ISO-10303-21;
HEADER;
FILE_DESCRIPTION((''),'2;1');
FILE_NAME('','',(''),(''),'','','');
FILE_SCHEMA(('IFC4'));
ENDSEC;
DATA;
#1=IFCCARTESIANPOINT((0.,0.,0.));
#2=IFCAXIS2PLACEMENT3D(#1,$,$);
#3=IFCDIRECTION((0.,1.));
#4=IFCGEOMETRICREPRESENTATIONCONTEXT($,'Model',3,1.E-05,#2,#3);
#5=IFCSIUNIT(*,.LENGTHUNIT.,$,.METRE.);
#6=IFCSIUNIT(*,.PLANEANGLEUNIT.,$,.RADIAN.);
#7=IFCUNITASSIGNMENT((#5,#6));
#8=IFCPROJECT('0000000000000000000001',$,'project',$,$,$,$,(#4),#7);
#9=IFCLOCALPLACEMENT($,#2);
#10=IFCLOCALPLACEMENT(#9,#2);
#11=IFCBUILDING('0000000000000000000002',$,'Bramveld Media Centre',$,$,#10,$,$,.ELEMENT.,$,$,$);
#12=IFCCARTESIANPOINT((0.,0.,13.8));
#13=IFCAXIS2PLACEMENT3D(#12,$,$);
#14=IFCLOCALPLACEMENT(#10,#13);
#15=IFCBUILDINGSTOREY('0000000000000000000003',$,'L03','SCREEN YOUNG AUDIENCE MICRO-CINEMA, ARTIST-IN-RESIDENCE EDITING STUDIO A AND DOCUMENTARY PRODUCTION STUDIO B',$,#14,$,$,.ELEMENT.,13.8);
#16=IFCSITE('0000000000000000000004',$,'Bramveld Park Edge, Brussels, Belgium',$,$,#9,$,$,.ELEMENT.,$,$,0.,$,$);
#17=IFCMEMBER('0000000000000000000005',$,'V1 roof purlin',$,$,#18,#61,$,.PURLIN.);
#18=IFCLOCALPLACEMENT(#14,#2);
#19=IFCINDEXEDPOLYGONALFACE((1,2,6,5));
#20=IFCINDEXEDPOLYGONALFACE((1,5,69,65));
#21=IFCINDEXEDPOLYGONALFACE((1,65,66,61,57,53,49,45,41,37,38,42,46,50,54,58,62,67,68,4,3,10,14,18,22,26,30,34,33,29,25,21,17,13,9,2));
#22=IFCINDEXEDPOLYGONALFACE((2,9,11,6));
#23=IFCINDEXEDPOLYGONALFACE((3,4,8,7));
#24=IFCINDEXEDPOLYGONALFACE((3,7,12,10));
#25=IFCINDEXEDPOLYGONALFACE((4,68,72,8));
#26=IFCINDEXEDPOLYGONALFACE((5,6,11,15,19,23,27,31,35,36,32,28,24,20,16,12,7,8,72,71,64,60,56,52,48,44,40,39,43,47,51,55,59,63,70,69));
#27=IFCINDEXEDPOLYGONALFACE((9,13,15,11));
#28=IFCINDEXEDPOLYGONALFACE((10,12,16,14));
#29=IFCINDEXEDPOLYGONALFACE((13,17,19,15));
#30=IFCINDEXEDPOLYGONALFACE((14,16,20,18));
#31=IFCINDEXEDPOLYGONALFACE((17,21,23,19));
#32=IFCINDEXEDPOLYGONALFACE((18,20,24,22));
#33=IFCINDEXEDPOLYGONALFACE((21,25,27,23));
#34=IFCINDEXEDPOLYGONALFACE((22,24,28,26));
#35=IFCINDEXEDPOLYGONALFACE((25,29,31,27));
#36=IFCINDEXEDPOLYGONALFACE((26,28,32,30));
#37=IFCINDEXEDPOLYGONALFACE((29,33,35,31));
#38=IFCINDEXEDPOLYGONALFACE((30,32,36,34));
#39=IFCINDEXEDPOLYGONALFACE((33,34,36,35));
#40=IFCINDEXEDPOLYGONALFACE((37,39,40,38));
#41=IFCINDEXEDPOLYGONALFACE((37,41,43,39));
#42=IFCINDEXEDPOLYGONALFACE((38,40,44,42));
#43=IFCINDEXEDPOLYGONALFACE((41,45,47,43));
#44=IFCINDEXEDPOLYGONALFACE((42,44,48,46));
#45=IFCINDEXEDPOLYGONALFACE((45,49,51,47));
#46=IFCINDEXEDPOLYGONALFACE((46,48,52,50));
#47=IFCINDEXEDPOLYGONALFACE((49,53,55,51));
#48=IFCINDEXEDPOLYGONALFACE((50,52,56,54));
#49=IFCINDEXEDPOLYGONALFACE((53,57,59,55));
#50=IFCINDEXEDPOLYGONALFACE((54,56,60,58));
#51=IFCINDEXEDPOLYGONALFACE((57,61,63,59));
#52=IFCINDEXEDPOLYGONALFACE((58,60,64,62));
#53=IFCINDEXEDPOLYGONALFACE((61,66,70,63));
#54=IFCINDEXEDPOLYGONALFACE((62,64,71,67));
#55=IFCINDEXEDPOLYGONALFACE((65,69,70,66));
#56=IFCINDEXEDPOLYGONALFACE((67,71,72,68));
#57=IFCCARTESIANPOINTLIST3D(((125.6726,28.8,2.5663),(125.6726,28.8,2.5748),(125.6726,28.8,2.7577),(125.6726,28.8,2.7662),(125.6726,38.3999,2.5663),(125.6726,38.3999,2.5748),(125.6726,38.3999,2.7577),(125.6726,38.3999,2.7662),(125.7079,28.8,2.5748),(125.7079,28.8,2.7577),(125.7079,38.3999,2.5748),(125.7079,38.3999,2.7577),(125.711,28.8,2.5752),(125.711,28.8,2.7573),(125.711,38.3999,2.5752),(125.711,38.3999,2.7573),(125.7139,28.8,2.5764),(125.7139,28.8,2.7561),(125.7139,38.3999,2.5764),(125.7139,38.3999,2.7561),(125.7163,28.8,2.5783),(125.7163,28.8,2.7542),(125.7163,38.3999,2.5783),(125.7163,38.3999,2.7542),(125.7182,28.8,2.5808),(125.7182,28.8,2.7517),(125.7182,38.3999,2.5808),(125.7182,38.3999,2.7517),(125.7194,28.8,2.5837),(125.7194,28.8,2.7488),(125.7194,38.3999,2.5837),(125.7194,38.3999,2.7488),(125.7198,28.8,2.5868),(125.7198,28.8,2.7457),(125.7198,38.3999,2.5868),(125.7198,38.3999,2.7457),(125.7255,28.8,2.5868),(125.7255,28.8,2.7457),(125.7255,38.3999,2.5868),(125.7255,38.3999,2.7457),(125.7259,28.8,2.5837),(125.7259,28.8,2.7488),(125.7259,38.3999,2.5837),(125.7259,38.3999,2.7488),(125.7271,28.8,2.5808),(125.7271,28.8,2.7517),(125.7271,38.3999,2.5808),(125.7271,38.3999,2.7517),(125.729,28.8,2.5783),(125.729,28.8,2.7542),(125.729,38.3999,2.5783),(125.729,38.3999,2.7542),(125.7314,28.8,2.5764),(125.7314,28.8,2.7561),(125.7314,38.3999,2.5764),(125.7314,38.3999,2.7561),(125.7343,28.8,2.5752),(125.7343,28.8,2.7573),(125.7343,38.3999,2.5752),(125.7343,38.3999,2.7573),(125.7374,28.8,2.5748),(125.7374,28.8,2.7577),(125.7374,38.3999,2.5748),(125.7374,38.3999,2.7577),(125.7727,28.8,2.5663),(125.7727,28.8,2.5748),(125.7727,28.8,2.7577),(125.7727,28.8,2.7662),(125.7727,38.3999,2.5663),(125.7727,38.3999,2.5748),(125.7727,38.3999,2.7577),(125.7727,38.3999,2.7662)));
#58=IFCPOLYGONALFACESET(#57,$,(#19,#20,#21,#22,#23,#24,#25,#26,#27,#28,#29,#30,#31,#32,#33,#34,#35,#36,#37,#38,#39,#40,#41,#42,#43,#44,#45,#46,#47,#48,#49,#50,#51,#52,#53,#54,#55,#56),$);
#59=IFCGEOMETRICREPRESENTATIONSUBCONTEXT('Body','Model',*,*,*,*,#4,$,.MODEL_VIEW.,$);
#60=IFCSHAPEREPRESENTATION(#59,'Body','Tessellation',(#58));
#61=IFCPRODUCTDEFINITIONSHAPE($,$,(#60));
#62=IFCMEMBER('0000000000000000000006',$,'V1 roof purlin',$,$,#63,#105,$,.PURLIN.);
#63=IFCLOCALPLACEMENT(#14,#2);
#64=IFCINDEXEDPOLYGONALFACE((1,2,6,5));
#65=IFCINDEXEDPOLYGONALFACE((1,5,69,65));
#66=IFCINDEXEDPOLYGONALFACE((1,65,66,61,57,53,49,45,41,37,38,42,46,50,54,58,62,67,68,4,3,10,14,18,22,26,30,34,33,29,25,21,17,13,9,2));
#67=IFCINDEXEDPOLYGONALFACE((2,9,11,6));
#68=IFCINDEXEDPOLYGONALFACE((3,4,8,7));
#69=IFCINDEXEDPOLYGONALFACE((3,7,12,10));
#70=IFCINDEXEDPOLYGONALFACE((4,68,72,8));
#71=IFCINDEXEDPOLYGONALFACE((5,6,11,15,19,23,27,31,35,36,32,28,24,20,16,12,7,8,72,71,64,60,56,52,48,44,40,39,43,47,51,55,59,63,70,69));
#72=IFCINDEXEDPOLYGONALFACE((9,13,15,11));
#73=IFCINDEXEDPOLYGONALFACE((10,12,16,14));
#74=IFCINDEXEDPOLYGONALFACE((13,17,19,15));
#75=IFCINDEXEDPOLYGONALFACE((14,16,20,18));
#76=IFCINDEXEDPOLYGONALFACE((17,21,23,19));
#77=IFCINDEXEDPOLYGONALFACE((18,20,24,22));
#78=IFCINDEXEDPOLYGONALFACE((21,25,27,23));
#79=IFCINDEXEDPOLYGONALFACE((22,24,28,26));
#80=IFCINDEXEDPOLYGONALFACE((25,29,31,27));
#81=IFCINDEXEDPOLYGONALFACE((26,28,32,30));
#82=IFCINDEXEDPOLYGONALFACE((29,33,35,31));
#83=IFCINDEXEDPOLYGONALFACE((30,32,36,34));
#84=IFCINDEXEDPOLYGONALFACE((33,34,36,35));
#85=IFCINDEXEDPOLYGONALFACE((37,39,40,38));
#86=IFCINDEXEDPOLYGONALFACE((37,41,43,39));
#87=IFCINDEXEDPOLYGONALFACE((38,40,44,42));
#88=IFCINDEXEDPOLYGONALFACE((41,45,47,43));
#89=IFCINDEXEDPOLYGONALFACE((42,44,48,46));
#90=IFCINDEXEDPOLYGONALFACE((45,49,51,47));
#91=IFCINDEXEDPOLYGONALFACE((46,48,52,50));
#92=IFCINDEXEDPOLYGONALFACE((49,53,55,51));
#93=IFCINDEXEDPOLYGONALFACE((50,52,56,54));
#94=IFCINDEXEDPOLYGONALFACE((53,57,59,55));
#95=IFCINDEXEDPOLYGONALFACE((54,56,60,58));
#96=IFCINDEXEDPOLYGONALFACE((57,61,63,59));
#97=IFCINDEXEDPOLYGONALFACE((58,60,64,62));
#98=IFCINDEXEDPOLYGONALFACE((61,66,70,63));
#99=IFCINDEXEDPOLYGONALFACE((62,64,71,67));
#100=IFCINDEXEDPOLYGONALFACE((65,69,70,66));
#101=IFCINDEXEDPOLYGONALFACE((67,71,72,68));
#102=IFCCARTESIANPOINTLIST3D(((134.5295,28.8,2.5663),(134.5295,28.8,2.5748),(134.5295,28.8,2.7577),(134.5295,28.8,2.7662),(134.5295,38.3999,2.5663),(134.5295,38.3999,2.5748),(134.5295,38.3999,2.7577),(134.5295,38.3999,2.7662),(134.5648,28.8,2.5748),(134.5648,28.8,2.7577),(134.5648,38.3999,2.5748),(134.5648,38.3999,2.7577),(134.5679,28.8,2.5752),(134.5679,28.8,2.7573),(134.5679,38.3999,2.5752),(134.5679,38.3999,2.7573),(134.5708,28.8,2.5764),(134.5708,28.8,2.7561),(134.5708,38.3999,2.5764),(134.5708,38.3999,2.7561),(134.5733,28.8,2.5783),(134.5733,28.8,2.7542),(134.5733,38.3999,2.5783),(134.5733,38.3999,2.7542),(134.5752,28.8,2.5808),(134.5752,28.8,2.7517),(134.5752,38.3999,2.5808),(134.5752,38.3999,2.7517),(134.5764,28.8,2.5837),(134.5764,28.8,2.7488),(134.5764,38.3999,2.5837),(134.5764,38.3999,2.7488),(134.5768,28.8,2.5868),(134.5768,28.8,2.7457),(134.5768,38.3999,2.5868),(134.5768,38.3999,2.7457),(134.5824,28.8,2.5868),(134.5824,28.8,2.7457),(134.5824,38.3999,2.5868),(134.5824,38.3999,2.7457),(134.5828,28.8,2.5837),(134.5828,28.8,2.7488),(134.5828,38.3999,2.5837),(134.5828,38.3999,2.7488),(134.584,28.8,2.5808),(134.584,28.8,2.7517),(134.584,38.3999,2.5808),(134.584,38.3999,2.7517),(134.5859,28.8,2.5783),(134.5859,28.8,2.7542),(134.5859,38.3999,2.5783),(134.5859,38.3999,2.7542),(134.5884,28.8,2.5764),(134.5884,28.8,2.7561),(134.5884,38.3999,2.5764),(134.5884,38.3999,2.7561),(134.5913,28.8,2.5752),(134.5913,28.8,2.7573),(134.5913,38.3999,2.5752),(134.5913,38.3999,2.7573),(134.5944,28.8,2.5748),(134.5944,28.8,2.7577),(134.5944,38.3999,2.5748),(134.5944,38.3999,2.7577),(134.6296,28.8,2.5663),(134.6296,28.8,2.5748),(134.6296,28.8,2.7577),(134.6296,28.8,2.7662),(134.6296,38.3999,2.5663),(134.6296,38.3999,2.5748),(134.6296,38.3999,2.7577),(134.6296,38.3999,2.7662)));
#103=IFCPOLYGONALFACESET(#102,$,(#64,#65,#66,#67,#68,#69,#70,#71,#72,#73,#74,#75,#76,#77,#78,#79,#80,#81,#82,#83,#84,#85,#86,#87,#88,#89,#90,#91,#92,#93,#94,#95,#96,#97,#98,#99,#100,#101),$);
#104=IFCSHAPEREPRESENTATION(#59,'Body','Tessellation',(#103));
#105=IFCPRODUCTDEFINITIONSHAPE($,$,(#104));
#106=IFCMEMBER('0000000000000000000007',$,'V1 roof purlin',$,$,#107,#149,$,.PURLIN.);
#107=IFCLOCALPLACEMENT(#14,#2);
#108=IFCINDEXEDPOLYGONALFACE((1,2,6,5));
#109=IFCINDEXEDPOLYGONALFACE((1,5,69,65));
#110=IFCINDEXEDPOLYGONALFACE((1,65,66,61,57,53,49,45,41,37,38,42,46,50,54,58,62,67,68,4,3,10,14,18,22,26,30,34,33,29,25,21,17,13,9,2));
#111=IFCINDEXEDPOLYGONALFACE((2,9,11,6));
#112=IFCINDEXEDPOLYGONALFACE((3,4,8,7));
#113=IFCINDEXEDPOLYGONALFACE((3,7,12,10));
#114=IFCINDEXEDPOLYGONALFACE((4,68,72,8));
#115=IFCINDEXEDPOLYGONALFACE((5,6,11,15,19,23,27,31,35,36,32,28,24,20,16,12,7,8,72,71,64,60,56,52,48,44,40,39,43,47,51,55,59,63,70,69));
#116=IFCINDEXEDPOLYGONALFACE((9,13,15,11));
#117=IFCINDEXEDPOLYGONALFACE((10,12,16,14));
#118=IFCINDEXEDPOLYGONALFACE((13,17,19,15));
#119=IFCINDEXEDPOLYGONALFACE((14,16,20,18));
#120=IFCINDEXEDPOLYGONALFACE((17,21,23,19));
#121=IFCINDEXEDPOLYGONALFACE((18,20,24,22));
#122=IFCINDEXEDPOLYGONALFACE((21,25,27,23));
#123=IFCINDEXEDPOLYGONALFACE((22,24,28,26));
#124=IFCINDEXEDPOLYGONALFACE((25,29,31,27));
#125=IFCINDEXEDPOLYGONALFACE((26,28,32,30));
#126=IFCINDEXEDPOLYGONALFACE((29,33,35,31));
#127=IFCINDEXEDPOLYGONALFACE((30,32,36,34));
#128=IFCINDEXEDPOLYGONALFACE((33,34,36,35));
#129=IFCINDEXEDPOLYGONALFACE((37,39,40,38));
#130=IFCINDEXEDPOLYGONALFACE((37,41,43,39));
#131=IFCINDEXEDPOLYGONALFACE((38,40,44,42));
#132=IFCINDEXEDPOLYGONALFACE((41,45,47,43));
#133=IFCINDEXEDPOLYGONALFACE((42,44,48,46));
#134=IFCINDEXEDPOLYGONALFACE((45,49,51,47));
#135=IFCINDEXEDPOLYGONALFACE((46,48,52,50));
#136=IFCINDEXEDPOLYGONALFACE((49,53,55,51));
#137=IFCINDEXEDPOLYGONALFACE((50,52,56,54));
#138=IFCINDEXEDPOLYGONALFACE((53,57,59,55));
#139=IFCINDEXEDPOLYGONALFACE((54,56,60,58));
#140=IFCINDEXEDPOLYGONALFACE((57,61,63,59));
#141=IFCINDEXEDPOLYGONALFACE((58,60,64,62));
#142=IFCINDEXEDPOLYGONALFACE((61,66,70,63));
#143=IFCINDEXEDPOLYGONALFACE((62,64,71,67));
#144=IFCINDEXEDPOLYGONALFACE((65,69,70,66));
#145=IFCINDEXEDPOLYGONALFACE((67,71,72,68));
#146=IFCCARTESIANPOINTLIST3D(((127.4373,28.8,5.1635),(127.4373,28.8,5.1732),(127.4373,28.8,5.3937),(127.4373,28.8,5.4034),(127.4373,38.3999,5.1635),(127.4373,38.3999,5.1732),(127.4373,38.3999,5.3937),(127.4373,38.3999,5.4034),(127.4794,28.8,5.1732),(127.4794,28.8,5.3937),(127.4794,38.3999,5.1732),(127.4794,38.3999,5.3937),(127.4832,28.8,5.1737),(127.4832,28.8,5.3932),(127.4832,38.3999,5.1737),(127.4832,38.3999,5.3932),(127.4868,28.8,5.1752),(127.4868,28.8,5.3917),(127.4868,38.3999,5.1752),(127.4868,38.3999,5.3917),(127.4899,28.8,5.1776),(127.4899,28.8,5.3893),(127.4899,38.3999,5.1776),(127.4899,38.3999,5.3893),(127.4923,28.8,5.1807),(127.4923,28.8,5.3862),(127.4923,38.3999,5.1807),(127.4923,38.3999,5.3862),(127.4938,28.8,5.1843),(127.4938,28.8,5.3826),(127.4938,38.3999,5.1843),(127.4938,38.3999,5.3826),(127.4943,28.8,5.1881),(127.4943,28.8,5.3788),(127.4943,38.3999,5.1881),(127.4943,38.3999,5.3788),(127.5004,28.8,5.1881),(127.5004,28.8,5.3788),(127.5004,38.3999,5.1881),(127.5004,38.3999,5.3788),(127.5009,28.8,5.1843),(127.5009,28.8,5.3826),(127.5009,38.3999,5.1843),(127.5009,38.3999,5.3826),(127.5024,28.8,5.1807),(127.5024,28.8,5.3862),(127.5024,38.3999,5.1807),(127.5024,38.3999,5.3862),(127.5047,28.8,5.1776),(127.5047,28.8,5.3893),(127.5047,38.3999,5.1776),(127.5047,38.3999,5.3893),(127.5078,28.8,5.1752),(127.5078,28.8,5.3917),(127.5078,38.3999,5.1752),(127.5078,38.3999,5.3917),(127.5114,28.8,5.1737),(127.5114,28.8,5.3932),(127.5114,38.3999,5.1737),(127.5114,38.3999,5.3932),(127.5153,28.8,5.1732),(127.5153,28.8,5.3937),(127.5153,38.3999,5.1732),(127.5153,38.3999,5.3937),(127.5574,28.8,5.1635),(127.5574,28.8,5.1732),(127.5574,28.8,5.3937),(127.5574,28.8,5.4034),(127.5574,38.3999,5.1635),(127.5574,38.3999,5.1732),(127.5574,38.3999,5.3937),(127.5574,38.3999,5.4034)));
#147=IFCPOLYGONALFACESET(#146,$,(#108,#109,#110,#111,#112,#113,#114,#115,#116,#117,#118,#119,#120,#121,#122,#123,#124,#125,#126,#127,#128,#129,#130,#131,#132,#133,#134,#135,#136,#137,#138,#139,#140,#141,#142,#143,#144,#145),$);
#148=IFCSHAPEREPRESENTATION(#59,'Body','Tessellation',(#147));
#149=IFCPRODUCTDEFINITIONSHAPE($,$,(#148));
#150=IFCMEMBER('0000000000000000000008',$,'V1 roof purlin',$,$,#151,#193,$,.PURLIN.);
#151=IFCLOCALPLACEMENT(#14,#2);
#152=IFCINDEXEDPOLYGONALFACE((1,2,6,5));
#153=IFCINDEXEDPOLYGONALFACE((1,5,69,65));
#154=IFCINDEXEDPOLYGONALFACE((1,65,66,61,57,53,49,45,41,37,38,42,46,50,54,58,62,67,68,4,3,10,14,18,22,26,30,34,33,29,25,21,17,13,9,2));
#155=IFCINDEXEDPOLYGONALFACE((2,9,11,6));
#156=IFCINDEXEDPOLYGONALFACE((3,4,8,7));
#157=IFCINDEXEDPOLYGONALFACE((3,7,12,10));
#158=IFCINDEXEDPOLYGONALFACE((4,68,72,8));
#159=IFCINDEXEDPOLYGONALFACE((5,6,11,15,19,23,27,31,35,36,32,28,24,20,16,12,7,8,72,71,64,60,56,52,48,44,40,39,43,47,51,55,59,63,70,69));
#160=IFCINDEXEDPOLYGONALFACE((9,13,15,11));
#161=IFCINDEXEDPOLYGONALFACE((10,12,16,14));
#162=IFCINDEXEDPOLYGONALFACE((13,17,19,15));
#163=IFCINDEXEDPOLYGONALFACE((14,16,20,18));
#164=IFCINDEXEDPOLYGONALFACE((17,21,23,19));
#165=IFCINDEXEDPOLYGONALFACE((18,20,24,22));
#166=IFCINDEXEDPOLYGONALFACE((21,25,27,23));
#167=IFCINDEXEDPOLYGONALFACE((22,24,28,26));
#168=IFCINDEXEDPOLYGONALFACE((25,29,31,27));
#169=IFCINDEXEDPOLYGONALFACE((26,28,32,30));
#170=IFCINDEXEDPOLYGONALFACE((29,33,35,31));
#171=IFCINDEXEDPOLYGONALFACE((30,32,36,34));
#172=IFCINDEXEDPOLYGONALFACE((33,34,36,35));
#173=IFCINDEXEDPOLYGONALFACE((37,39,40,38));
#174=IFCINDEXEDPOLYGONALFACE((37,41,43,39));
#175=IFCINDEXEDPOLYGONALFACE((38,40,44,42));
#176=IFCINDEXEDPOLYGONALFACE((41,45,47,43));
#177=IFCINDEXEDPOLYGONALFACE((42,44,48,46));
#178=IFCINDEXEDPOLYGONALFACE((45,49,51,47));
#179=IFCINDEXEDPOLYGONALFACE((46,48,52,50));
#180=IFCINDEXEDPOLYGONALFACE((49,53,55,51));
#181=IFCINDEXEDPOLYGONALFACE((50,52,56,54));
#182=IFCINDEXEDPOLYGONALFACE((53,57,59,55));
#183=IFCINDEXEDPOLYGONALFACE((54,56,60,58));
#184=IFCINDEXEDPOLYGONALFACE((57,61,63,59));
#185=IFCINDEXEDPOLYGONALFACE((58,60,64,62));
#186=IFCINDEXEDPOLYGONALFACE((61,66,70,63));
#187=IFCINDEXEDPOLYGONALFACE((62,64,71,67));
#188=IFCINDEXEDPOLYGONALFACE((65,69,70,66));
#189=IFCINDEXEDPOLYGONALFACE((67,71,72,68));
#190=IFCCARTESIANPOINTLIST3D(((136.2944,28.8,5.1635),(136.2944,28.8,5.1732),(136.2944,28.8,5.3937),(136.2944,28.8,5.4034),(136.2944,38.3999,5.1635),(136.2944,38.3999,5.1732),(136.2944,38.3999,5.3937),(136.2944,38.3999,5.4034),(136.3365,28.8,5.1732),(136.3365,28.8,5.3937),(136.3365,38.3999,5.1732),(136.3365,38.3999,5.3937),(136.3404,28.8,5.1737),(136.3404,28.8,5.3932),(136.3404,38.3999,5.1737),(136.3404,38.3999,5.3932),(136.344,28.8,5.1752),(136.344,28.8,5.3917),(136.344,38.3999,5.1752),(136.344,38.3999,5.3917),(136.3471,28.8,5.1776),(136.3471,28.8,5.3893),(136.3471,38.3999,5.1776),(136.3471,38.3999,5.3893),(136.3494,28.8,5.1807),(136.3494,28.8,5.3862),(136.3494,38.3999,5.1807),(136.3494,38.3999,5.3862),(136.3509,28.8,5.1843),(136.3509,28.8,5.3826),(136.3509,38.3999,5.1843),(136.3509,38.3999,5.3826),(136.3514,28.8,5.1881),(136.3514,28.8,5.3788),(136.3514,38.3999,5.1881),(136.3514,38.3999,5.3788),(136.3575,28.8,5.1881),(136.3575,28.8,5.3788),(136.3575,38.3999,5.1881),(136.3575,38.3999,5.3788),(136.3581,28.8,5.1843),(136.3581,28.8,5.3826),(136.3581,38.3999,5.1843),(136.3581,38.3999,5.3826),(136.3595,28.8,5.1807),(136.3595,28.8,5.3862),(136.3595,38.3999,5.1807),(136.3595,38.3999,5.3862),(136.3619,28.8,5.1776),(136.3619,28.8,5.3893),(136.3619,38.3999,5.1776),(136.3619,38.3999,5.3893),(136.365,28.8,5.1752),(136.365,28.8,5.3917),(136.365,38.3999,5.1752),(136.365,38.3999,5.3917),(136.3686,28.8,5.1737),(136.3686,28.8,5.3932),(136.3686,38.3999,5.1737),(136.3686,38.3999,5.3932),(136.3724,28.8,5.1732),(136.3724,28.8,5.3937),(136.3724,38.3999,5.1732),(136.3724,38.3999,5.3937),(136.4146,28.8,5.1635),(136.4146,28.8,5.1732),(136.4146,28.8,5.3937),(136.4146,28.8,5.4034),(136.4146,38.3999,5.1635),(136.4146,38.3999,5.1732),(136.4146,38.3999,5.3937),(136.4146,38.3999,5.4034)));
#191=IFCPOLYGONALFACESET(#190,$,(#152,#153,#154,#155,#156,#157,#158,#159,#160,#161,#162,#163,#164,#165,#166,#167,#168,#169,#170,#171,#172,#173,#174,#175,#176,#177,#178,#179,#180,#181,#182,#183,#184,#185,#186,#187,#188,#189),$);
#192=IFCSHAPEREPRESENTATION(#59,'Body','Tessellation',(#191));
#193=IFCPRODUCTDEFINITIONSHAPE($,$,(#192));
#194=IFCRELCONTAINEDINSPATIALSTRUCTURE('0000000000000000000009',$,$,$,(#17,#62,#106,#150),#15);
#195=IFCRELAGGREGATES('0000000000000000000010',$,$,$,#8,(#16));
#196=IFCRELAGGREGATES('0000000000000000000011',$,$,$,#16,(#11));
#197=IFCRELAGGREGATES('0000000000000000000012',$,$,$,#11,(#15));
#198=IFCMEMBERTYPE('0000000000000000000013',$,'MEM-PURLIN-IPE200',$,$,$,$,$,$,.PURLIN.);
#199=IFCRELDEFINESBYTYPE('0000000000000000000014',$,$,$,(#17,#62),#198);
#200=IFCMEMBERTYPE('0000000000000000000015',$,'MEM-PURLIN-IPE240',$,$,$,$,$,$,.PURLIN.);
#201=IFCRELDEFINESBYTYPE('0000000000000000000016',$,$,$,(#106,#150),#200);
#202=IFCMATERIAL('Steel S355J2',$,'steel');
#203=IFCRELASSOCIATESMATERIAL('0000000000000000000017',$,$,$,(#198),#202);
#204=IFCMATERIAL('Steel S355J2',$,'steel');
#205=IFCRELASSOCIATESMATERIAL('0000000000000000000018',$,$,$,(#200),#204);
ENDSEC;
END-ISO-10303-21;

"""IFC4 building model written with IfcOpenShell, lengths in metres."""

from ifc_helpers import new_model, si_unit, direction, frame, origin, origin_2d, place, context, subcontext, project, spatial, i_section, extrude, material, material_profile, profile_set, type_object, element, save


model = new_model("IFC4")

# Units and contexts
model_context = context("Model", 3, precision=1e-05, world=origin(), true_north=direction((0.0, 1.0)))
body_context = subcontext(model_context, "Body", "Model", "MODEL_VIEW")
ifc_project = project(units=[si_unit("LENGTHUNIT", "METRE"), si_unit("PLANEANGLEUNIT", "RADIAN")], contexts=[model_context])

# Site, building, storey
site_placement = place(None, origin())
site = spatial("IfcSite", under=ifc_project, at=site_placement, Name="Bramveld Park Edge, Brussels, Belgium", CompositionType="ELEMENT", RefElevation=0.0)
building_placement = place(site_placement, origin())
building = spatial("IfcBuilding", under=site, at=building_placement, Name="Bramveld Media Centre", CompositionType="ELEMENT")
storey_placement = place(building_placement, frame((0.0, 0.0, 13.8)))
storey = spatial("IfcBuildingStorey", under=building, at=storey_placement, Name="L03", Description="SCREEN YOUNG AUDIENCE MICRO-CINEMA, ARTIST-IN-RESIDENCE EDITING STUDIO A AND DOCUMENTARY PRODUCTION STUDIO B", CompositionType="ELEMENT", Elevation=13.8)

# Members
ifc_material_1 = material(Name="Steel S355J2", Category="steel")
ifc_material_profile_1 = material_profile(ifc_material_1, i_section(OverallWidth=0.1001, OverallDepth=0.2, WebThickness=0.0056, FlangeThickness=0.0085, FilletRadius=0.012, at=origin_2d()), Name="IPE 200")
ifc_profile_set_1 = profile_set([ifc_material_profile_1], Name="Steel S355J2")
member_type_1 = type_object("IfcMemberType", Name="MEM-PURLIN-IPE200", PredefinedType="PURLIN", material=ifc_profile_set_1)
for number, where, z_axis, x_axis, name in (
    (1, (125.7227, 28.8, 2.6663), (0.0, 1.0, 0.0), (-1.0, 0.0, 0.0), "V1 roof purlin"),
    (2, (134.5796, 28.8, 2.6663), (0.0, 1.0, 0.0), (-1.0, 0.0, 0.0), "V1 roof purlin"),
):
    element("IfcMember", number, at=place(storey_placement, frame(where, z_axis=z_axis, x_axis=x_axis)), inside=storey, type_object=member_type_1, Name=name, PredefinedType="PURLIN", context=body_context, shape_type="SweptSolid", body=[
        extrude(i_section(OverallWidth=0.1001, OverallDepth=0.2, WebThickness=0.0056, FlangeThickness=0.0085, FilletRadius=0.012, at=origin_2d()), origin(), (0.0, 0.0, 1.0), 9.5999),
    ])
ifc_material_2 = material(Name="Steel S355J2", Category="steel")
ifc_material_profile_2 = material_profile(ifc_material_2, i_section(OverallWidth=0.1201, OverallDepth=0.24, WebThickness=0.0061, FlangeThickness=0.0098, FilletRadius=0.0149, at=origin_2d()), Name="IPE 240")
ifc_profile_set_2 = profile_set([ifc_material_profile_2], Name="Steel S355J2")
member_type_2 = type_object("IfcMemberType", Name="MEM-PURLIN-IPE240", PredefinedType="PURLIN", material=ifc_profile_set_2)
for number, where, z_axis, x_axis, name in (
    (3, (127.4973, 28.8, 5.2834), (0.0, 1.0, 0.0), (-1.0, 0.0, 0.0), "V1 roof purlin"),
    (4, (136.3545, 28.8, 5.2834), (0.0, 1.0, 0.0), (-1.0, 0.0, 0.0), "V1 roof purlin"),
):
    element("IfcMember", number, at=place(storey_placement, frame(where, z_axis=z_axis, x_axis=x_axis)), inside=storey, type_object=member_type_2, Name=name, PredefinedType="PURLIN", context=body_context, shape_type="SweptSolid", body=[
        extrude(i_section(OverallWidth=0.1201, OverallDepth=0.24, WebThickness=0.0061, FlangeThickness=0.0098, FilletRadius=0.0149, at=origin_2d()), origin(), (0.0, 0.0, 1.0), 9.5999),
    ])

save(model, "model.ifc")
